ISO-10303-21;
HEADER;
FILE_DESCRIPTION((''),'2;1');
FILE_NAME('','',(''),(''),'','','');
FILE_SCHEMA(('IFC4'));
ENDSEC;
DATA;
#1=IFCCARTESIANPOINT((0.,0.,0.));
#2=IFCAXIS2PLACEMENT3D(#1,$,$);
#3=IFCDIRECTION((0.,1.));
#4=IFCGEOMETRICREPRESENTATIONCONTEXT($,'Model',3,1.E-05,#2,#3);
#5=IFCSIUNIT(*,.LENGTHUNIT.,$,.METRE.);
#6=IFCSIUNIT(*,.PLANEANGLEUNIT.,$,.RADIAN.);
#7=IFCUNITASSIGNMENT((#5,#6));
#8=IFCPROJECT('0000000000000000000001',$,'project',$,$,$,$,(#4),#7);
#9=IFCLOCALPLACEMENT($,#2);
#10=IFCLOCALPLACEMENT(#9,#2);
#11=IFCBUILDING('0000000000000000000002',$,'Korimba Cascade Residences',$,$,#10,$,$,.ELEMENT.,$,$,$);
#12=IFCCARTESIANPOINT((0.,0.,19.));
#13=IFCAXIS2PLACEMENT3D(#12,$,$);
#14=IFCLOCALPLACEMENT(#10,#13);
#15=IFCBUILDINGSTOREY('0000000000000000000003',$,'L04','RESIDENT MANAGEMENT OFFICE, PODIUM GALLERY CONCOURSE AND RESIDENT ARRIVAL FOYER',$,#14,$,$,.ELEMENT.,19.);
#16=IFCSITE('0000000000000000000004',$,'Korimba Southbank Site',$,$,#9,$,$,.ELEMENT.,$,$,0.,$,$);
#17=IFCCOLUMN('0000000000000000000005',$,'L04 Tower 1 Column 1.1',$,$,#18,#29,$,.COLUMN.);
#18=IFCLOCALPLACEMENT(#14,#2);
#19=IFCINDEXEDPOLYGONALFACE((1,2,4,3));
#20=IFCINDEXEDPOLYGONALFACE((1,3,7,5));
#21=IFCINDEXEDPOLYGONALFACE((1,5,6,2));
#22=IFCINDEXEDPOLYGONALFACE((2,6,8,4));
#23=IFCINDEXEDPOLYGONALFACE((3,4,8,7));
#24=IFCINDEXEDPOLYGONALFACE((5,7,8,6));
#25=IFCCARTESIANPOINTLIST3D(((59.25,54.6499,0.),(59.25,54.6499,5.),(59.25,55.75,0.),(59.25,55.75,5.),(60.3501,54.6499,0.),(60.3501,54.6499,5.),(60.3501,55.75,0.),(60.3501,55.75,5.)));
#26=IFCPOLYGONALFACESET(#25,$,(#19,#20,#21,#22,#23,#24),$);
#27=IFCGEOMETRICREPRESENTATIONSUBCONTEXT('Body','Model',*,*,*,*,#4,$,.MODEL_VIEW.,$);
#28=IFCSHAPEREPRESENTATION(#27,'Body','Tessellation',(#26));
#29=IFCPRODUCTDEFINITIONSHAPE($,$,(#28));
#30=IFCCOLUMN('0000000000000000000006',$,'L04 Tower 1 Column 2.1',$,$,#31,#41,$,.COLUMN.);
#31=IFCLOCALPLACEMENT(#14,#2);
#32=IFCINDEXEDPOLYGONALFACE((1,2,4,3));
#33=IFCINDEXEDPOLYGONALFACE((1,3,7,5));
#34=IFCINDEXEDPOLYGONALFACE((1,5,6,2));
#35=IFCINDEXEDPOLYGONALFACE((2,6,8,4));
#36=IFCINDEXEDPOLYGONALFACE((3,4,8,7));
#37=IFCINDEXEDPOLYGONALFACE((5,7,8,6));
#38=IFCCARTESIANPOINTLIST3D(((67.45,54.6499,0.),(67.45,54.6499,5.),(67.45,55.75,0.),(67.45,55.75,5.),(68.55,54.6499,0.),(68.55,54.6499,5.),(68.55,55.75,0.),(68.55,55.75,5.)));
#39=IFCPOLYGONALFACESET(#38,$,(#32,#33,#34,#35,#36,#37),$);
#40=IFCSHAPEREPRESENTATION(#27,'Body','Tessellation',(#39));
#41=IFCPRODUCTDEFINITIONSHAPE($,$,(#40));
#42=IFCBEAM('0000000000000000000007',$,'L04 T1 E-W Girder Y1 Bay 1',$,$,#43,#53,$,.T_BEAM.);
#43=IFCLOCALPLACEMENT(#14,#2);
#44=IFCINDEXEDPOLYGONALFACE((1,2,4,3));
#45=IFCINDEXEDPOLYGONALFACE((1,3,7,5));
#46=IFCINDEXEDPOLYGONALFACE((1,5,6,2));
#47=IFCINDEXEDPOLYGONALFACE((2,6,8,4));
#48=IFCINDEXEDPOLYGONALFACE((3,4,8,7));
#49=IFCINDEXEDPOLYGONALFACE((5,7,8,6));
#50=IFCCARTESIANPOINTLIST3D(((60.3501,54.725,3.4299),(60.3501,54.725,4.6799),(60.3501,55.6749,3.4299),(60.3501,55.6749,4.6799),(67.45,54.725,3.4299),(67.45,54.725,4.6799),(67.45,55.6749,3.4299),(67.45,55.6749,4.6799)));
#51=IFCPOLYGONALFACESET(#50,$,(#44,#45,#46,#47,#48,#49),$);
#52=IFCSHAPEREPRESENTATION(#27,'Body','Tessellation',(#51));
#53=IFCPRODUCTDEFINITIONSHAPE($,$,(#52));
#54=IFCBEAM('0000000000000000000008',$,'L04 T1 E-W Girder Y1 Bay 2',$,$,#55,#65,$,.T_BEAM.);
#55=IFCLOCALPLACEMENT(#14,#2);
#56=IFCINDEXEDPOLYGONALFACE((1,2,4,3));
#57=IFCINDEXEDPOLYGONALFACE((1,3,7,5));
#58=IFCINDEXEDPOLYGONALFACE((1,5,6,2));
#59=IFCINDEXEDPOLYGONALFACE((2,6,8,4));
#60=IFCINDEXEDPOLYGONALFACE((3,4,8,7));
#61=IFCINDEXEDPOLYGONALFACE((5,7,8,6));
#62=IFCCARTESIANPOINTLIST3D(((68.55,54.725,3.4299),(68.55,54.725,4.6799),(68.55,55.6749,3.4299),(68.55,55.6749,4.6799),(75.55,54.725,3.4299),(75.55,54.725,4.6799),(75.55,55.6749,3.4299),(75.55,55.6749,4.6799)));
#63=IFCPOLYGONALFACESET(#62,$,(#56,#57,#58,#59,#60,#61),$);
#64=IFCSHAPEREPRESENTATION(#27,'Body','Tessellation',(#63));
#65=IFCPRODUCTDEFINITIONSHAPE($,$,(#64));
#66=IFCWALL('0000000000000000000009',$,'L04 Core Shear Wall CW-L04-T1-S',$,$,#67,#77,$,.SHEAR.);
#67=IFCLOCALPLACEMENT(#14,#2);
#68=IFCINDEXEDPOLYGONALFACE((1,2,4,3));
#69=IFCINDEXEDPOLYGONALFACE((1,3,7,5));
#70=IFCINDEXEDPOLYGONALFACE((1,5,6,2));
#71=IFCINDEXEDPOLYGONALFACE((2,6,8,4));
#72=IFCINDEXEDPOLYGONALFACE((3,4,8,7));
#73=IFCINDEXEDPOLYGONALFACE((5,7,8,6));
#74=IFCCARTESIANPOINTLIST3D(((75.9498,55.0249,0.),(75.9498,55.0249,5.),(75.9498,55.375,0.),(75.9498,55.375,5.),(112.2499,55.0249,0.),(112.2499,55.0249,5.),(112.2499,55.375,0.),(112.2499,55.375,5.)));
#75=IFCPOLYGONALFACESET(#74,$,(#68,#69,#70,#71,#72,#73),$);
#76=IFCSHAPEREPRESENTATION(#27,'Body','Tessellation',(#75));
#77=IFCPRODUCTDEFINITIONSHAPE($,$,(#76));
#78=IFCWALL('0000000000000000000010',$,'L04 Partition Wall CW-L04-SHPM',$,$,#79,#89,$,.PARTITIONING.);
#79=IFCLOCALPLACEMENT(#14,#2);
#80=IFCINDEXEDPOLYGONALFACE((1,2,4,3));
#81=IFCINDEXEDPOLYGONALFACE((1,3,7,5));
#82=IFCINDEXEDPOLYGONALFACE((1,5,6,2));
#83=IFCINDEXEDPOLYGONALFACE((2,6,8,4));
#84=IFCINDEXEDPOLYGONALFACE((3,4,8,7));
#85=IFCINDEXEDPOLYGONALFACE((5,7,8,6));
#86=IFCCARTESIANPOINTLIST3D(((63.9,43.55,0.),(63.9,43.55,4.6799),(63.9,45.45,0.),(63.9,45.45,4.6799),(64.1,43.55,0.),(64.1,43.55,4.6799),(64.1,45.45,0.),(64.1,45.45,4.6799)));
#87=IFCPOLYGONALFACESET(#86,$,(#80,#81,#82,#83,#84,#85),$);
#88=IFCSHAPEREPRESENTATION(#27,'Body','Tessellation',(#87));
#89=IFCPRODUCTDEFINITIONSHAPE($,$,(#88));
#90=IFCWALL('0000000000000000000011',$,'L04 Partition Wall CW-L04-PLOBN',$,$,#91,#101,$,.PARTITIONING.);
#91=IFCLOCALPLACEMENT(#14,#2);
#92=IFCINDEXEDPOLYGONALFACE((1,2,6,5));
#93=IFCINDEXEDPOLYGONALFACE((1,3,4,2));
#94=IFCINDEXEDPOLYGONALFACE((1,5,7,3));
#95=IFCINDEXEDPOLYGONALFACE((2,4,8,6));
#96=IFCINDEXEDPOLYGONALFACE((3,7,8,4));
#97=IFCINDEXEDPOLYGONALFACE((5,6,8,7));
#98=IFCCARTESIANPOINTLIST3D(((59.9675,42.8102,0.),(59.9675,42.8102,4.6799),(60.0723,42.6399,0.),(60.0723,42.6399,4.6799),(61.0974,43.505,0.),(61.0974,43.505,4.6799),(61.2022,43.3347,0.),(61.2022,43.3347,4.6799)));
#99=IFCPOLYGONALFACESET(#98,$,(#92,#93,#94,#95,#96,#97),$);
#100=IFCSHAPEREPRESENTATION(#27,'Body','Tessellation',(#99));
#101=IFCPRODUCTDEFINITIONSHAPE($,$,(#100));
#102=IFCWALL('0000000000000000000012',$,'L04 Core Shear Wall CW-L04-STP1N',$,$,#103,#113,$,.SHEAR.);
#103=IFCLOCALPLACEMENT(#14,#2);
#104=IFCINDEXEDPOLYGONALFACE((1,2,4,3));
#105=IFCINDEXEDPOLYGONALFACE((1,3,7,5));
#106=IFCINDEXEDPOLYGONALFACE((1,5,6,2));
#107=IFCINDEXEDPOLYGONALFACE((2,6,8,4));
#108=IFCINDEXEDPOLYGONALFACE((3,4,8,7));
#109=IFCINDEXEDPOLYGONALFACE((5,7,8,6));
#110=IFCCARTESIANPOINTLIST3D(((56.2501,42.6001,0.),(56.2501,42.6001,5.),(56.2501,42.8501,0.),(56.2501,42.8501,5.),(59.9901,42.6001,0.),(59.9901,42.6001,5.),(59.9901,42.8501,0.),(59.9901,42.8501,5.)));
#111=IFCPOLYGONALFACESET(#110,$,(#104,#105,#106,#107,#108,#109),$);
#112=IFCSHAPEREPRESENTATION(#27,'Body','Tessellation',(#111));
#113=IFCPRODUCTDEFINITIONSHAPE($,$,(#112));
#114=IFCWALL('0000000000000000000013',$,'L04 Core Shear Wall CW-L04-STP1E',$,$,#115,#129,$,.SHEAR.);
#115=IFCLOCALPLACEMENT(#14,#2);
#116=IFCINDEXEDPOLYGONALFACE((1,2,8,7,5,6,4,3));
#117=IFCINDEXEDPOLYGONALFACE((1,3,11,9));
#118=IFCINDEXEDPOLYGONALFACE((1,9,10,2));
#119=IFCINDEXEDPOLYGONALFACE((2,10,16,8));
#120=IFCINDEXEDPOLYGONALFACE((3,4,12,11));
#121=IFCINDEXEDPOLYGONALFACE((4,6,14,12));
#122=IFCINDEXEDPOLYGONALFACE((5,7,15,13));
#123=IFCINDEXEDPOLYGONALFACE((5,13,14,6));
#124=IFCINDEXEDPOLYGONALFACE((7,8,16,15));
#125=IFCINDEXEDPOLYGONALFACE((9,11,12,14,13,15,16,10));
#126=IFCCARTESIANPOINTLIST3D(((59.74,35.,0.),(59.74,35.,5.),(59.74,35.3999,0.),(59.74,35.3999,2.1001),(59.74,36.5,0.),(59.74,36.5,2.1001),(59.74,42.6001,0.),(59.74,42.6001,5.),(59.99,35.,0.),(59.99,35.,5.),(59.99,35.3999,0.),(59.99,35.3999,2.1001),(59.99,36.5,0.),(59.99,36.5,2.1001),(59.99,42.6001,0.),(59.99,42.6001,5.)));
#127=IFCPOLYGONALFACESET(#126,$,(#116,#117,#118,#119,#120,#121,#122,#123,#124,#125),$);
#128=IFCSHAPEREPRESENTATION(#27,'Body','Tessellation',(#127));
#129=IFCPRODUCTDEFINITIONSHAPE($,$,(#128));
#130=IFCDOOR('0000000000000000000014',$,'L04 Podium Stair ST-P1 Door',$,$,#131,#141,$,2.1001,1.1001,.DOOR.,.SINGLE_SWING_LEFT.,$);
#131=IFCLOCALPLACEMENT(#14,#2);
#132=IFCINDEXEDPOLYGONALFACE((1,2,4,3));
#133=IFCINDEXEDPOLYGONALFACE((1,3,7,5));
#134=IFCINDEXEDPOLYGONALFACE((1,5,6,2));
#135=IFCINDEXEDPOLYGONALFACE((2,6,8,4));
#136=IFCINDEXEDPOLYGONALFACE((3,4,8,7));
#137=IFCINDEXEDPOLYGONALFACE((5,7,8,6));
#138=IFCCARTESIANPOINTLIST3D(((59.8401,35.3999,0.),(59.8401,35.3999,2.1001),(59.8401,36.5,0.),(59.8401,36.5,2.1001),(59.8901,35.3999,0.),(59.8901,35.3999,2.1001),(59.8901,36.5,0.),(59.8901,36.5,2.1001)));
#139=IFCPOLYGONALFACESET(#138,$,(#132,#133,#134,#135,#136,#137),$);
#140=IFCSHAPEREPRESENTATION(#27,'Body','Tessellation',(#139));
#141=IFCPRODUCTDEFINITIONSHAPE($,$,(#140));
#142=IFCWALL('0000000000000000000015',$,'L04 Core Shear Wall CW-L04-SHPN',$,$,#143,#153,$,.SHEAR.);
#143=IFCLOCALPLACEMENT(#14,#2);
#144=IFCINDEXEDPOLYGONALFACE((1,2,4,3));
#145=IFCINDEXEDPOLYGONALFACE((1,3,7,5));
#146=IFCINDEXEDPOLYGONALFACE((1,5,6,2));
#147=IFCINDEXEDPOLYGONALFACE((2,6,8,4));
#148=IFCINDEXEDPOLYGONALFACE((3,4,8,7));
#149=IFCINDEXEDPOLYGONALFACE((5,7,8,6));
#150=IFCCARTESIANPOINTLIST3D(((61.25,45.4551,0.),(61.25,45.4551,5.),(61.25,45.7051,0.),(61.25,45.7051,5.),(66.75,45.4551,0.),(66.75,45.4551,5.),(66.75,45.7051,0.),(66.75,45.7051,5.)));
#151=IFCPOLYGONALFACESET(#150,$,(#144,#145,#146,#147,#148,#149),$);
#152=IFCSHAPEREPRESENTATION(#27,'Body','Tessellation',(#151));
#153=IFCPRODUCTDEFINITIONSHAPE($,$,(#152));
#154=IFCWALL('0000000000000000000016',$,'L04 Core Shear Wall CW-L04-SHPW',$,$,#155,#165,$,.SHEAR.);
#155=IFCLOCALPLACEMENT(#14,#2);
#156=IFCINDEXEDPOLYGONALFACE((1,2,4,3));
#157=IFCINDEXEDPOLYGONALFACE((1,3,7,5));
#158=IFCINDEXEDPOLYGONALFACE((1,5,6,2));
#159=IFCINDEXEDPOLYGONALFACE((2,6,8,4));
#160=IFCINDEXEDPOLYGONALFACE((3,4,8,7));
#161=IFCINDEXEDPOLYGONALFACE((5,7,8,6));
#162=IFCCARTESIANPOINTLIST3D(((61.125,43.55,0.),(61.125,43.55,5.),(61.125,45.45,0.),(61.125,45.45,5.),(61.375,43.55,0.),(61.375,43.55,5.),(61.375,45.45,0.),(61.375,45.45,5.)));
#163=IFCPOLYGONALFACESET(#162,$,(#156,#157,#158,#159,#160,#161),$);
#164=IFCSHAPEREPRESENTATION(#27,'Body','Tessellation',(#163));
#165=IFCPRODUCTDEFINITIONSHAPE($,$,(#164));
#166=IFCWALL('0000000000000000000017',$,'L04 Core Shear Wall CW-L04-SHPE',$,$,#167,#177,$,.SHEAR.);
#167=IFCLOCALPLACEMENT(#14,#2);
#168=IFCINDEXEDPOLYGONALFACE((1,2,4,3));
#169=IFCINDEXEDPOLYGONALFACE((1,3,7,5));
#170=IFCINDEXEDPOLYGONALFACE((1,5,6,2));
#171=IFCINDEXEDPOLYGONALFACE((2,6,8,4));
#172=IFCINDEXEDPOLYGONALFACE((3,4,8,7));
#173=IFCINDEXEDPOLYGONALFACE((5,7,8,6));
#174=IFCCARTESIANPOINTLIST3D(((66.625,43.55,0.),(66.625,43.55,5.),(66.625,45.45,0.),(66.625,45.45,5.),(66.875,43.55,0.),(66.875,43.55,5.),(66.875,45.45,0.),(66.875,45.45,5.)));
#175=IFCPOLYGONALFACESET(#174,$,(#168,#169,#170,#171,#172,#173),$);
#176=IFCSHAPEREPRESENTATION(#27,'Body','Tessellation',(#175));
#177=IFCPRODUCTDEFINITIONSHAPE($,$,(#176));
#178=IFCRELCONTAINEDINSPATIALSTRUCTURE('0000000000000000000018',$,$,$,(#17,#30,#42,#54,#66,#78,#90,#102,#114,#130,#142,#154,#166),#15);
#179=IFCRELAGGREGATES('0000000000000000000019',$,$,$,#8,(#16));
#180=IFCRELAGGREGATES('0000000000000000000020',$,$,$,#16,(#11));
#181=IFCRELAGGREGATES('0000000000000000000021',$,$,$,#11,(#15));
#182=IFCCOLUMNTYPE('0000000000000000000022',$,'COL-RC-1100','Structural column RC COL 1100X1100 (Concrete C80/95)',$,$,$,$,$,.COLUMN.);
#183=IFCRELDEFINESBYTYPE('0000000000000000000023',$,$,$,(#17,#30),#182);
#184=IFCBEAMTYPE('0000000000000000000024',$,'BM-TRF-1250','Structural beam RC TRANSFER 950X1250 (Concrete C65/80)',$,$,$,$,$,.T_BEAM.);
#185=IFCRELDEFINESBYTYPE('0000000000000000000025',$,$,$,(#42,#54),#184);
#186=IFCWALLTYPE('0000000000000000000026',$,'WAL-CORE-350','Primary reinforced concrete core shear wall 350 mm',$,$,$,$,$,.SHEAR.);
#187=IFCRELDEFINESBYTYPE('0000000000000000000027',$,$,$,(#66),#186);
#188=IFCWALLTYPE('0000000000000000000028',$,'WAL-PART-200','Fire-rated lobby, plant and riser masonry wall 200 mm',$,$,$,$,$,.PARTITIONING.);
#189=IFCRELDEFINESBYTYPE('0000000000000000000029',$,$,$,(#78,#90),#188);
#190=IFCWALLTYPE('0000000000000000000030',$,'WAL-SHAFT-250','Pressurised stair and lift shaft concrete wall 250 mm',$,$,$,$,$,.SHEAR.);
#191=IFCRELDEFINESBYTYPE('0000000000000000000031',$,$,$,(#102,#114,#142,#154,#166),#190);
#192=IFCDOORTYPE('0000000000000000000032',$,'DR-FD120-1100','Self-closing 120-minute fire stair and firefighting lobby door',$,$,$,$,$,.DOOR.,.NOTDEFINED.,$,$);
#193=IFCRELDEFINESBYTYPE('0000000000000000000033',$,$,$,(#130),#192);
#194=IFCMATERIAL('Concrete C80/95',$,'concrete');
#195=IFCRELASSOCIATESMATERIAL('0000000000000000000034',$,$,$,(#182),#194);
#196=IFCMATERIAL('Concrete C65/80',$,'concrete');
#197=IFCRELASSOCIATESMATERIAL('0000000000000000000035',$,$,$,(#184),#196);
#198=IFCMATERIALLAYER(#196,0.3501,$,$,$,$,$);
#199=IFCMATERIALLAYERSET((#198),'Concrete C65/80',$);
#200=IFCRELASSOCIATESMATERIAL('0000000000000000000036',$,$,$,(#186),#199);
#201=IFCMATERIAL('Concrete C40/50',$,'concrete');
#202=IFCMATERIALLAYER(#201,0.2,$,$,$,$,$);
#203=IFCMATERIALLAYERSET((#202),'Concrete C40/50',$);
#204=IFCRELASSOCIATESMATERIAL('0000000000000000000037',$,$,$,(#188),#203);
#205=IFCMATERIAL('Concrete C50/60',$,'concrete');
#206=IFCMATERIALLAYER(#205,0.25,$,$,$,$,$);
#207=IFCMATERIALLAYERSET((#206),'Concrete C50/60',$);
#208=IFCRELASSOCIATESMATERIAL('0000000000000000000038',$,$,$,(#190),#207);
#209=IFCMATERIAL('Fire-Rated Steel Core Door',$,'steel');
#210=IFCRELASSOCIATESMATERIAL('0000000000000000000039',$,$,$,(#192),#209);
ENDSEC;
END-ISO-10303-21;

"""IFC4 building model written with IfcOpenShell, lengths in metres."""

from ifc_helpers import new_model, si_unit, direction, frame, frame_2d, origin, origin_2d, place, context, subcontext, project, spatial, rectangle, extrude, material, layer, layer_set, material_profile, profile_set, type_object, element, fill, save


model = new_model("IFC4")

# Units and contexts
model_context = context("Model", 3, precision=1e-05, world=origin(), true_north=direction((0.0, 1.0)))
body_context = subcontext(model_context, "Body", "Model", "MODEL_VIEW")
ifc_project = project(units=[si_unit("LENGTHUNIT", "METRE"), si_unit("PLANEANGLEUNIT", "RADIAN")], contexts=[model_context])

# Site, building, storey
site_placement = place(None, origin())
site = spatial("IfcSite", under=ifc_project, at=site_placement, Name="Korimba Southbank Site", CompositionType="ELEMENT", RefElevation=0.0)
building_placement = place(site_placement, origin())
building = spatial("IfcBuilding", under=site, at=building_placement, Name="Korimba Cascade Residences", CompositionType="ELEMENT")
storey_placement = place(building_placement, frame((0.0, 0.0, 19.0)))
storey = spatial("IfcBuildingStorey", under=building, at=storey_placement, Name="L04", Description="RESIDENT MANAGEMENT OFFICE, PODIUM GALLERY CONCOURSE AND RESIDENT ARRIVAL FOYER", CompositionType="ELEMENT", Elevation=19.0)

# Columns
ifc_material_1 = material(Name="Concrete C80/95", Category="concrete")
ifc_material_profile_1 = material_profile(ifc_material_1, rectangle(XDim=1.1001, YDim=1.1001, at=origin_2d()), Name="Concrete C80/95")
ifc_profile_set_1 = profile_set([ifc_material_profile_1], Name="Concrete C80/95")
column_type = type_object("IfcColumnType", Name="COL-RC-1100", Description="Structural column RC COL 1100X1100 (Concrete C80/95)", PredefinedType="COLUMN", material=ifc_profile_set_1)
for number, where, z_axis, x_axis, name in (
    (1, (59.8, 55.2, 0.0), (0.0, 0.0, 1.0), (1.0, 0.0, 0.0), "L04 Tower 1 Column 1.1"),
    (2, (68.0, 55.2, 0.0), (0.0, 0.0, 1.0), (1.0, 0.0, 0.0), "L04 Tower 1 Column 2.1"),
):
    element("IfcColumn", number, at=place(storey_placement, frame(where, z_axis=z_axis, x_axis=x_axis)), inside=storey, type_object=column_type, Name=name, PredefinedType="COLUMN", context=body_context, shape_type="SweptSolid", body=[
        extrude(rectangle(XDim=1.1001, YDim=1.1001, at=origin_2d()), origin(), (0.0, 0.0, 1.0), 5.0),
    ])

# Beams
ifc_material_2 = material(Name="Concrete C65/80", Category="concrete")
ifc_material_profile_2 = material_profile(ifc_material_2, rectangle(XDim=0.95, YDim=1.25, at=origin_2d()), Name="Concrete C65/80")
ifc_profile_set_2 = profile_set([ifc_material_profile_2], Name="Concrete C65/80")
beam_type = type_object("IfcBeamType", Name="BM-TRF-1250", Description="Structural beam RC TRANSFER 950X1250 (Concrete C65/80)", PredefinedType="T_BEAM", material=ifc_profile_set_2)
beam_1_placement = place(storey_placement, frame((60.3501, 55.2, 4.0549), z_axis=(1.0, 0.0, 0.0), x_axis=(0.0, 1.0, 0.0)))
element("IfcBeam", 3, at=beam_1_placement, inside=storey, type_object=beam_type, Name="L04 T1 E-W Girder Y1 Bay 1", PredefinedType="T_BEAM", context=body_context, shape_type="SweptSolid", body=[
    extrude(rectangle(XDim=0.95, YDim=1.25, at=origin_2d()), origin(), (0.0, 0.0, 1.0), 7.0999),
])
beam_2_placement = place(storey_placement, frame((68.55, 55.2, 4.0549), z_axis=(1.0, 0.0, 0.0), x_axis=(0.0, 1.0, 0.0)))
element("IfcBeam", 4, at=beam_2_placement, inside=storey, type_object=beam_type, Name="L04 T1 E-W Girder Y1 Bay 2", PredefinedType="T_BEAM", context=body_context, shape_type="SweptSolid", body=[
    extrude(rectangle(XDim=0.95, YDim=1.25, at=origin_2d()), origin(), (0.0, 0.0, 1.0), 7.0),
])

# Walls
ifc_layer_1 = layer(ifc_material_2, 0.3501)
ifc_layer_set_1 = layer_set([ifc_layer_1], Name="Concrete C65/80")
wall_type_1 = type_object("IfcWallType", Name="WAL-CORE-350", Description="Primary reinforced concrete core shear wall 350 mm", PredefinedType="SHEAR", material=ifc_layer_set_1)
wall_1_placement = place(storey_placement, frame((75.95, 55.2, 0.0), z_axis=(0.0, 0.0, 1.0), x_axis=(1.0, 0.0, 0.0)))
element("IfcWall", 5, at=wall_1_placement, inside=storey, type_object=wall_type_1, Name="L04 Core Shear Wall CW-L04-T1-S", PredefinedType="SHEAR", context=body_context, shape_type="SweptSolid", body=[
    extrude(rectangle(XDim=36.3, YDim=0.3501, at=frame_2d((18.1499, 0.0))), origin(), (0.0, 0.0, 1.0), 5.0),
])
ifc_material_3 = material(Name="Concrete C40/50", Category="concrete")
ifc_layer_2 = layer(ifc_material_3, 0.2)
ifc_layer_set_2 = layer_set([ifc_layer_2], Name="Concrete C40/50")
wall_type_2 = type_object("IfcWallType", Name="WAL-PART-200", Description="Fire-rated lobby, plant and riser masonry wall 200 mm", PredefinedType="PARTITIONING", material=ifc_layer_set_2)
wall_2_placement = place(storey_placement, frame((64.0, 43.55, 0.0), z_axis=(0.0, 0.0, 1.0), x_axis=(0.0, 1.0, 0.0)))
element("IfcWall", 6, at=wall_2_placement, inside=storey, type_object=wall_type_2, Name="L04 Partition Wall CW-L04-SHPM", PredefinedType="PARTITIONING", context=body_context, shape_type="SweptSolid", body=[
    extrude(rectangle(XDim=1.8999, YDim=0.2, at=frame_2d((0.95, 0.0))), origin(), (0.0, 0.0, 1.0), 4.6799),
])
wall_3_placement = place(storey_placement, frame((60.02, 42.7251, 0.0), z_axis=(0.0, 0.0, 1.0), x_axis=(0.851823, 0.52383, 0.0)))
element("IfcWall", 7, at=wall_3_placement, inside=storey, type_object=wall_type_2, Name="L04 Partition Wall CW-L04-PLOBN", PredefinedType="PARTITIONING", context=body_context, shape_type="SweptSolid", body=[
    extrude(rectangle(XDim=1.3264, YDim=0.2, at=frame_2d((0.6631, 0.0))), origin(), (0.0, 0.0, 1.0), 4.6799),
])
ifc_material_4 = material(Name="Concrete C50/60", Category="concrete")
ifc_layer_3 = layer(ifc_material_4, 0.25)
ifc_layer_set_3 = layer_set([ifc_layer_3], Name="Concrete C50/60")
wall_type_3 = type_object("IfcWallType", Name="WAL-SHAFT-250", Description="Pressurised stair and lift shaft concrete wall 250 mm", PredefinedType="SHEAR", material=ifc_layer_set_3)
wall_4_placement = place(storey_placement, frame((56.25, 42.7251, 0.0), z_axis=(0.0, 0.0, 1.0), x_axis=(1.0, 0.0, 0.0)))
element("IfcWall", 8, at=wall_4_placement, inside=storey, type_object=wall_type_3, Name="L04 Core Shear Wall CW-L04-STP1N", PredefinedType="SHEAR", context=body_context, shape_type="SweptSolid", body=[
    extrude(rectangle(XDim=3.74, YDim=0.25, at=frame_2d((1.8701, 0.0))), origin(), (0.0, 0.0, 1.0), 5.0),
])

# Wall, opening, door
wall_5_placement = place(storey_placement, frame((59.865, 35.0, 0.0), z_axis=(0.0, 0.0, 1.0), x_axis=(0.0, 1.0, 0.0)))
wall_5 = element("IfcWall", 9, at=wall_5_placement, inside=storey, type_object=wall_type_3, Name="L04 Core Shear Wall CW-L04-STP1E", PredefinedType="SHEAR", context=body_context, shape_type="SweptSolid", body=[
    extrude(rectangle(XDim=7.6001, YDim=0.25, at=frame_2d((3.8, 0.0))), origin(), (0.0, 0.0, 1.0), 5.0),
])
opening_1_placement = place(wall_5_placement, frame((0.3999, 0.0, 0.0)))
opening_1 = element("IfcOpeningElement", 10, at=opening_1_placement, cuts=wall_5, PredefinedType="OPENING", context=body_context, shape_type="SweptSolid", body=[
    extrude(rectangle(XDim=1.1001, YDim=2.1001, at=frame_2d((0.55, 1.05))), frame((0.0, 0.135, 0.0), z_axis=(0.0, -1.0, 0.0), x_axis=(1.0, 0.0, 0.0)), (0.0, 0.0, 1.0), 0.27),
])
ifc_material_5 = material(Name="Fire-Rated Steel Core Door", Category="steel")
door_type_1 = type_object("IfcDoorType", Name="DR-FD120-1100", Description="Self-closing 120-minute fire stair and firefighting lobby door", OperationType="NOTDEFINED", PredefinedType="DOOR", material=ifc_material_5)
door_1_placement = place(opening_1_placement, origin())
door_1 = element("IfcDoor", 11, at=door_1_placement, inside=storey, type_object=door_type_1, Name="L04 Podium Stair ST-P1 Door", OperationType="SINGLE_SWING_LEFT", OverallHeight=2.1001, OverallWidth=1.1001, PredefinedType="DOOR", context=body_context, shape_type="SweptSolid", body=[
    extrude(rectangle(XDim=1.1001, YDim=2.1001, at=frame_2d((0.55, 1.05))), frame((0.0, 0.0249, 0.0), z_axis=(0.0, -1.0, 0.0), x_axis=(1.0, 0.0, 0.0)), (0.0, 0.0, 1.0), 0.05),
])
fill(opening_1, door_1)

# Walls
wall_6_placement = place(storey_placement, frame((61.25, 45.5801, 0.0), z_axis=(0.0, 0.0, 1.0), x_axis=(1.0, 0.0, 0.0)))
element("IfcWall", 12, at=wall_6_placement, inside=storey, type_object=wall_type_3, Name="L04 Core Shear Wall CW-L04-SHPN", PredefinedType="SHEAR", context=body_context, shape_type="SweptSolid", body=[
    extrude(rectangle(XDim=5.5, YDim=0.25, at=frame_2d((2.75, 0.0))), origin(), (0.0, 0.0, 1.0), 5.0),
])
for number, where, z_axis, x_axis, name in (
    (13, (61.25, 43.55, 0.0), (0.0, 0.0, 1.0), (0.0, 1.0, 0.0), "L04 Core Shear Wall CW-L04-SHPW"),
    (14, (66.75, 43.55, 0.0), (0.0, 0.0, 1.0), (0.0, 1.0, 0.0), "L04 Core Shear Wall CW-L04-SHPE"),
):
    element("IfcWall", number, at=place(storey_placement, frame(where, z_axis=z_axis, x_axis=x_axis)), inside=storey, type_object=wall_type_3, Name=name, PredefinedType="SHEAR", context=body_context, shape_type="SweptSolid", body=[
        extrude(rectangle(XDim=1.8999, YDim=0.25, at=frame_2d((0.95, 0.0))), origin(), (0.0, 0.0, 1.0), 5.0),
    ])

save(model, "model.ifc")
